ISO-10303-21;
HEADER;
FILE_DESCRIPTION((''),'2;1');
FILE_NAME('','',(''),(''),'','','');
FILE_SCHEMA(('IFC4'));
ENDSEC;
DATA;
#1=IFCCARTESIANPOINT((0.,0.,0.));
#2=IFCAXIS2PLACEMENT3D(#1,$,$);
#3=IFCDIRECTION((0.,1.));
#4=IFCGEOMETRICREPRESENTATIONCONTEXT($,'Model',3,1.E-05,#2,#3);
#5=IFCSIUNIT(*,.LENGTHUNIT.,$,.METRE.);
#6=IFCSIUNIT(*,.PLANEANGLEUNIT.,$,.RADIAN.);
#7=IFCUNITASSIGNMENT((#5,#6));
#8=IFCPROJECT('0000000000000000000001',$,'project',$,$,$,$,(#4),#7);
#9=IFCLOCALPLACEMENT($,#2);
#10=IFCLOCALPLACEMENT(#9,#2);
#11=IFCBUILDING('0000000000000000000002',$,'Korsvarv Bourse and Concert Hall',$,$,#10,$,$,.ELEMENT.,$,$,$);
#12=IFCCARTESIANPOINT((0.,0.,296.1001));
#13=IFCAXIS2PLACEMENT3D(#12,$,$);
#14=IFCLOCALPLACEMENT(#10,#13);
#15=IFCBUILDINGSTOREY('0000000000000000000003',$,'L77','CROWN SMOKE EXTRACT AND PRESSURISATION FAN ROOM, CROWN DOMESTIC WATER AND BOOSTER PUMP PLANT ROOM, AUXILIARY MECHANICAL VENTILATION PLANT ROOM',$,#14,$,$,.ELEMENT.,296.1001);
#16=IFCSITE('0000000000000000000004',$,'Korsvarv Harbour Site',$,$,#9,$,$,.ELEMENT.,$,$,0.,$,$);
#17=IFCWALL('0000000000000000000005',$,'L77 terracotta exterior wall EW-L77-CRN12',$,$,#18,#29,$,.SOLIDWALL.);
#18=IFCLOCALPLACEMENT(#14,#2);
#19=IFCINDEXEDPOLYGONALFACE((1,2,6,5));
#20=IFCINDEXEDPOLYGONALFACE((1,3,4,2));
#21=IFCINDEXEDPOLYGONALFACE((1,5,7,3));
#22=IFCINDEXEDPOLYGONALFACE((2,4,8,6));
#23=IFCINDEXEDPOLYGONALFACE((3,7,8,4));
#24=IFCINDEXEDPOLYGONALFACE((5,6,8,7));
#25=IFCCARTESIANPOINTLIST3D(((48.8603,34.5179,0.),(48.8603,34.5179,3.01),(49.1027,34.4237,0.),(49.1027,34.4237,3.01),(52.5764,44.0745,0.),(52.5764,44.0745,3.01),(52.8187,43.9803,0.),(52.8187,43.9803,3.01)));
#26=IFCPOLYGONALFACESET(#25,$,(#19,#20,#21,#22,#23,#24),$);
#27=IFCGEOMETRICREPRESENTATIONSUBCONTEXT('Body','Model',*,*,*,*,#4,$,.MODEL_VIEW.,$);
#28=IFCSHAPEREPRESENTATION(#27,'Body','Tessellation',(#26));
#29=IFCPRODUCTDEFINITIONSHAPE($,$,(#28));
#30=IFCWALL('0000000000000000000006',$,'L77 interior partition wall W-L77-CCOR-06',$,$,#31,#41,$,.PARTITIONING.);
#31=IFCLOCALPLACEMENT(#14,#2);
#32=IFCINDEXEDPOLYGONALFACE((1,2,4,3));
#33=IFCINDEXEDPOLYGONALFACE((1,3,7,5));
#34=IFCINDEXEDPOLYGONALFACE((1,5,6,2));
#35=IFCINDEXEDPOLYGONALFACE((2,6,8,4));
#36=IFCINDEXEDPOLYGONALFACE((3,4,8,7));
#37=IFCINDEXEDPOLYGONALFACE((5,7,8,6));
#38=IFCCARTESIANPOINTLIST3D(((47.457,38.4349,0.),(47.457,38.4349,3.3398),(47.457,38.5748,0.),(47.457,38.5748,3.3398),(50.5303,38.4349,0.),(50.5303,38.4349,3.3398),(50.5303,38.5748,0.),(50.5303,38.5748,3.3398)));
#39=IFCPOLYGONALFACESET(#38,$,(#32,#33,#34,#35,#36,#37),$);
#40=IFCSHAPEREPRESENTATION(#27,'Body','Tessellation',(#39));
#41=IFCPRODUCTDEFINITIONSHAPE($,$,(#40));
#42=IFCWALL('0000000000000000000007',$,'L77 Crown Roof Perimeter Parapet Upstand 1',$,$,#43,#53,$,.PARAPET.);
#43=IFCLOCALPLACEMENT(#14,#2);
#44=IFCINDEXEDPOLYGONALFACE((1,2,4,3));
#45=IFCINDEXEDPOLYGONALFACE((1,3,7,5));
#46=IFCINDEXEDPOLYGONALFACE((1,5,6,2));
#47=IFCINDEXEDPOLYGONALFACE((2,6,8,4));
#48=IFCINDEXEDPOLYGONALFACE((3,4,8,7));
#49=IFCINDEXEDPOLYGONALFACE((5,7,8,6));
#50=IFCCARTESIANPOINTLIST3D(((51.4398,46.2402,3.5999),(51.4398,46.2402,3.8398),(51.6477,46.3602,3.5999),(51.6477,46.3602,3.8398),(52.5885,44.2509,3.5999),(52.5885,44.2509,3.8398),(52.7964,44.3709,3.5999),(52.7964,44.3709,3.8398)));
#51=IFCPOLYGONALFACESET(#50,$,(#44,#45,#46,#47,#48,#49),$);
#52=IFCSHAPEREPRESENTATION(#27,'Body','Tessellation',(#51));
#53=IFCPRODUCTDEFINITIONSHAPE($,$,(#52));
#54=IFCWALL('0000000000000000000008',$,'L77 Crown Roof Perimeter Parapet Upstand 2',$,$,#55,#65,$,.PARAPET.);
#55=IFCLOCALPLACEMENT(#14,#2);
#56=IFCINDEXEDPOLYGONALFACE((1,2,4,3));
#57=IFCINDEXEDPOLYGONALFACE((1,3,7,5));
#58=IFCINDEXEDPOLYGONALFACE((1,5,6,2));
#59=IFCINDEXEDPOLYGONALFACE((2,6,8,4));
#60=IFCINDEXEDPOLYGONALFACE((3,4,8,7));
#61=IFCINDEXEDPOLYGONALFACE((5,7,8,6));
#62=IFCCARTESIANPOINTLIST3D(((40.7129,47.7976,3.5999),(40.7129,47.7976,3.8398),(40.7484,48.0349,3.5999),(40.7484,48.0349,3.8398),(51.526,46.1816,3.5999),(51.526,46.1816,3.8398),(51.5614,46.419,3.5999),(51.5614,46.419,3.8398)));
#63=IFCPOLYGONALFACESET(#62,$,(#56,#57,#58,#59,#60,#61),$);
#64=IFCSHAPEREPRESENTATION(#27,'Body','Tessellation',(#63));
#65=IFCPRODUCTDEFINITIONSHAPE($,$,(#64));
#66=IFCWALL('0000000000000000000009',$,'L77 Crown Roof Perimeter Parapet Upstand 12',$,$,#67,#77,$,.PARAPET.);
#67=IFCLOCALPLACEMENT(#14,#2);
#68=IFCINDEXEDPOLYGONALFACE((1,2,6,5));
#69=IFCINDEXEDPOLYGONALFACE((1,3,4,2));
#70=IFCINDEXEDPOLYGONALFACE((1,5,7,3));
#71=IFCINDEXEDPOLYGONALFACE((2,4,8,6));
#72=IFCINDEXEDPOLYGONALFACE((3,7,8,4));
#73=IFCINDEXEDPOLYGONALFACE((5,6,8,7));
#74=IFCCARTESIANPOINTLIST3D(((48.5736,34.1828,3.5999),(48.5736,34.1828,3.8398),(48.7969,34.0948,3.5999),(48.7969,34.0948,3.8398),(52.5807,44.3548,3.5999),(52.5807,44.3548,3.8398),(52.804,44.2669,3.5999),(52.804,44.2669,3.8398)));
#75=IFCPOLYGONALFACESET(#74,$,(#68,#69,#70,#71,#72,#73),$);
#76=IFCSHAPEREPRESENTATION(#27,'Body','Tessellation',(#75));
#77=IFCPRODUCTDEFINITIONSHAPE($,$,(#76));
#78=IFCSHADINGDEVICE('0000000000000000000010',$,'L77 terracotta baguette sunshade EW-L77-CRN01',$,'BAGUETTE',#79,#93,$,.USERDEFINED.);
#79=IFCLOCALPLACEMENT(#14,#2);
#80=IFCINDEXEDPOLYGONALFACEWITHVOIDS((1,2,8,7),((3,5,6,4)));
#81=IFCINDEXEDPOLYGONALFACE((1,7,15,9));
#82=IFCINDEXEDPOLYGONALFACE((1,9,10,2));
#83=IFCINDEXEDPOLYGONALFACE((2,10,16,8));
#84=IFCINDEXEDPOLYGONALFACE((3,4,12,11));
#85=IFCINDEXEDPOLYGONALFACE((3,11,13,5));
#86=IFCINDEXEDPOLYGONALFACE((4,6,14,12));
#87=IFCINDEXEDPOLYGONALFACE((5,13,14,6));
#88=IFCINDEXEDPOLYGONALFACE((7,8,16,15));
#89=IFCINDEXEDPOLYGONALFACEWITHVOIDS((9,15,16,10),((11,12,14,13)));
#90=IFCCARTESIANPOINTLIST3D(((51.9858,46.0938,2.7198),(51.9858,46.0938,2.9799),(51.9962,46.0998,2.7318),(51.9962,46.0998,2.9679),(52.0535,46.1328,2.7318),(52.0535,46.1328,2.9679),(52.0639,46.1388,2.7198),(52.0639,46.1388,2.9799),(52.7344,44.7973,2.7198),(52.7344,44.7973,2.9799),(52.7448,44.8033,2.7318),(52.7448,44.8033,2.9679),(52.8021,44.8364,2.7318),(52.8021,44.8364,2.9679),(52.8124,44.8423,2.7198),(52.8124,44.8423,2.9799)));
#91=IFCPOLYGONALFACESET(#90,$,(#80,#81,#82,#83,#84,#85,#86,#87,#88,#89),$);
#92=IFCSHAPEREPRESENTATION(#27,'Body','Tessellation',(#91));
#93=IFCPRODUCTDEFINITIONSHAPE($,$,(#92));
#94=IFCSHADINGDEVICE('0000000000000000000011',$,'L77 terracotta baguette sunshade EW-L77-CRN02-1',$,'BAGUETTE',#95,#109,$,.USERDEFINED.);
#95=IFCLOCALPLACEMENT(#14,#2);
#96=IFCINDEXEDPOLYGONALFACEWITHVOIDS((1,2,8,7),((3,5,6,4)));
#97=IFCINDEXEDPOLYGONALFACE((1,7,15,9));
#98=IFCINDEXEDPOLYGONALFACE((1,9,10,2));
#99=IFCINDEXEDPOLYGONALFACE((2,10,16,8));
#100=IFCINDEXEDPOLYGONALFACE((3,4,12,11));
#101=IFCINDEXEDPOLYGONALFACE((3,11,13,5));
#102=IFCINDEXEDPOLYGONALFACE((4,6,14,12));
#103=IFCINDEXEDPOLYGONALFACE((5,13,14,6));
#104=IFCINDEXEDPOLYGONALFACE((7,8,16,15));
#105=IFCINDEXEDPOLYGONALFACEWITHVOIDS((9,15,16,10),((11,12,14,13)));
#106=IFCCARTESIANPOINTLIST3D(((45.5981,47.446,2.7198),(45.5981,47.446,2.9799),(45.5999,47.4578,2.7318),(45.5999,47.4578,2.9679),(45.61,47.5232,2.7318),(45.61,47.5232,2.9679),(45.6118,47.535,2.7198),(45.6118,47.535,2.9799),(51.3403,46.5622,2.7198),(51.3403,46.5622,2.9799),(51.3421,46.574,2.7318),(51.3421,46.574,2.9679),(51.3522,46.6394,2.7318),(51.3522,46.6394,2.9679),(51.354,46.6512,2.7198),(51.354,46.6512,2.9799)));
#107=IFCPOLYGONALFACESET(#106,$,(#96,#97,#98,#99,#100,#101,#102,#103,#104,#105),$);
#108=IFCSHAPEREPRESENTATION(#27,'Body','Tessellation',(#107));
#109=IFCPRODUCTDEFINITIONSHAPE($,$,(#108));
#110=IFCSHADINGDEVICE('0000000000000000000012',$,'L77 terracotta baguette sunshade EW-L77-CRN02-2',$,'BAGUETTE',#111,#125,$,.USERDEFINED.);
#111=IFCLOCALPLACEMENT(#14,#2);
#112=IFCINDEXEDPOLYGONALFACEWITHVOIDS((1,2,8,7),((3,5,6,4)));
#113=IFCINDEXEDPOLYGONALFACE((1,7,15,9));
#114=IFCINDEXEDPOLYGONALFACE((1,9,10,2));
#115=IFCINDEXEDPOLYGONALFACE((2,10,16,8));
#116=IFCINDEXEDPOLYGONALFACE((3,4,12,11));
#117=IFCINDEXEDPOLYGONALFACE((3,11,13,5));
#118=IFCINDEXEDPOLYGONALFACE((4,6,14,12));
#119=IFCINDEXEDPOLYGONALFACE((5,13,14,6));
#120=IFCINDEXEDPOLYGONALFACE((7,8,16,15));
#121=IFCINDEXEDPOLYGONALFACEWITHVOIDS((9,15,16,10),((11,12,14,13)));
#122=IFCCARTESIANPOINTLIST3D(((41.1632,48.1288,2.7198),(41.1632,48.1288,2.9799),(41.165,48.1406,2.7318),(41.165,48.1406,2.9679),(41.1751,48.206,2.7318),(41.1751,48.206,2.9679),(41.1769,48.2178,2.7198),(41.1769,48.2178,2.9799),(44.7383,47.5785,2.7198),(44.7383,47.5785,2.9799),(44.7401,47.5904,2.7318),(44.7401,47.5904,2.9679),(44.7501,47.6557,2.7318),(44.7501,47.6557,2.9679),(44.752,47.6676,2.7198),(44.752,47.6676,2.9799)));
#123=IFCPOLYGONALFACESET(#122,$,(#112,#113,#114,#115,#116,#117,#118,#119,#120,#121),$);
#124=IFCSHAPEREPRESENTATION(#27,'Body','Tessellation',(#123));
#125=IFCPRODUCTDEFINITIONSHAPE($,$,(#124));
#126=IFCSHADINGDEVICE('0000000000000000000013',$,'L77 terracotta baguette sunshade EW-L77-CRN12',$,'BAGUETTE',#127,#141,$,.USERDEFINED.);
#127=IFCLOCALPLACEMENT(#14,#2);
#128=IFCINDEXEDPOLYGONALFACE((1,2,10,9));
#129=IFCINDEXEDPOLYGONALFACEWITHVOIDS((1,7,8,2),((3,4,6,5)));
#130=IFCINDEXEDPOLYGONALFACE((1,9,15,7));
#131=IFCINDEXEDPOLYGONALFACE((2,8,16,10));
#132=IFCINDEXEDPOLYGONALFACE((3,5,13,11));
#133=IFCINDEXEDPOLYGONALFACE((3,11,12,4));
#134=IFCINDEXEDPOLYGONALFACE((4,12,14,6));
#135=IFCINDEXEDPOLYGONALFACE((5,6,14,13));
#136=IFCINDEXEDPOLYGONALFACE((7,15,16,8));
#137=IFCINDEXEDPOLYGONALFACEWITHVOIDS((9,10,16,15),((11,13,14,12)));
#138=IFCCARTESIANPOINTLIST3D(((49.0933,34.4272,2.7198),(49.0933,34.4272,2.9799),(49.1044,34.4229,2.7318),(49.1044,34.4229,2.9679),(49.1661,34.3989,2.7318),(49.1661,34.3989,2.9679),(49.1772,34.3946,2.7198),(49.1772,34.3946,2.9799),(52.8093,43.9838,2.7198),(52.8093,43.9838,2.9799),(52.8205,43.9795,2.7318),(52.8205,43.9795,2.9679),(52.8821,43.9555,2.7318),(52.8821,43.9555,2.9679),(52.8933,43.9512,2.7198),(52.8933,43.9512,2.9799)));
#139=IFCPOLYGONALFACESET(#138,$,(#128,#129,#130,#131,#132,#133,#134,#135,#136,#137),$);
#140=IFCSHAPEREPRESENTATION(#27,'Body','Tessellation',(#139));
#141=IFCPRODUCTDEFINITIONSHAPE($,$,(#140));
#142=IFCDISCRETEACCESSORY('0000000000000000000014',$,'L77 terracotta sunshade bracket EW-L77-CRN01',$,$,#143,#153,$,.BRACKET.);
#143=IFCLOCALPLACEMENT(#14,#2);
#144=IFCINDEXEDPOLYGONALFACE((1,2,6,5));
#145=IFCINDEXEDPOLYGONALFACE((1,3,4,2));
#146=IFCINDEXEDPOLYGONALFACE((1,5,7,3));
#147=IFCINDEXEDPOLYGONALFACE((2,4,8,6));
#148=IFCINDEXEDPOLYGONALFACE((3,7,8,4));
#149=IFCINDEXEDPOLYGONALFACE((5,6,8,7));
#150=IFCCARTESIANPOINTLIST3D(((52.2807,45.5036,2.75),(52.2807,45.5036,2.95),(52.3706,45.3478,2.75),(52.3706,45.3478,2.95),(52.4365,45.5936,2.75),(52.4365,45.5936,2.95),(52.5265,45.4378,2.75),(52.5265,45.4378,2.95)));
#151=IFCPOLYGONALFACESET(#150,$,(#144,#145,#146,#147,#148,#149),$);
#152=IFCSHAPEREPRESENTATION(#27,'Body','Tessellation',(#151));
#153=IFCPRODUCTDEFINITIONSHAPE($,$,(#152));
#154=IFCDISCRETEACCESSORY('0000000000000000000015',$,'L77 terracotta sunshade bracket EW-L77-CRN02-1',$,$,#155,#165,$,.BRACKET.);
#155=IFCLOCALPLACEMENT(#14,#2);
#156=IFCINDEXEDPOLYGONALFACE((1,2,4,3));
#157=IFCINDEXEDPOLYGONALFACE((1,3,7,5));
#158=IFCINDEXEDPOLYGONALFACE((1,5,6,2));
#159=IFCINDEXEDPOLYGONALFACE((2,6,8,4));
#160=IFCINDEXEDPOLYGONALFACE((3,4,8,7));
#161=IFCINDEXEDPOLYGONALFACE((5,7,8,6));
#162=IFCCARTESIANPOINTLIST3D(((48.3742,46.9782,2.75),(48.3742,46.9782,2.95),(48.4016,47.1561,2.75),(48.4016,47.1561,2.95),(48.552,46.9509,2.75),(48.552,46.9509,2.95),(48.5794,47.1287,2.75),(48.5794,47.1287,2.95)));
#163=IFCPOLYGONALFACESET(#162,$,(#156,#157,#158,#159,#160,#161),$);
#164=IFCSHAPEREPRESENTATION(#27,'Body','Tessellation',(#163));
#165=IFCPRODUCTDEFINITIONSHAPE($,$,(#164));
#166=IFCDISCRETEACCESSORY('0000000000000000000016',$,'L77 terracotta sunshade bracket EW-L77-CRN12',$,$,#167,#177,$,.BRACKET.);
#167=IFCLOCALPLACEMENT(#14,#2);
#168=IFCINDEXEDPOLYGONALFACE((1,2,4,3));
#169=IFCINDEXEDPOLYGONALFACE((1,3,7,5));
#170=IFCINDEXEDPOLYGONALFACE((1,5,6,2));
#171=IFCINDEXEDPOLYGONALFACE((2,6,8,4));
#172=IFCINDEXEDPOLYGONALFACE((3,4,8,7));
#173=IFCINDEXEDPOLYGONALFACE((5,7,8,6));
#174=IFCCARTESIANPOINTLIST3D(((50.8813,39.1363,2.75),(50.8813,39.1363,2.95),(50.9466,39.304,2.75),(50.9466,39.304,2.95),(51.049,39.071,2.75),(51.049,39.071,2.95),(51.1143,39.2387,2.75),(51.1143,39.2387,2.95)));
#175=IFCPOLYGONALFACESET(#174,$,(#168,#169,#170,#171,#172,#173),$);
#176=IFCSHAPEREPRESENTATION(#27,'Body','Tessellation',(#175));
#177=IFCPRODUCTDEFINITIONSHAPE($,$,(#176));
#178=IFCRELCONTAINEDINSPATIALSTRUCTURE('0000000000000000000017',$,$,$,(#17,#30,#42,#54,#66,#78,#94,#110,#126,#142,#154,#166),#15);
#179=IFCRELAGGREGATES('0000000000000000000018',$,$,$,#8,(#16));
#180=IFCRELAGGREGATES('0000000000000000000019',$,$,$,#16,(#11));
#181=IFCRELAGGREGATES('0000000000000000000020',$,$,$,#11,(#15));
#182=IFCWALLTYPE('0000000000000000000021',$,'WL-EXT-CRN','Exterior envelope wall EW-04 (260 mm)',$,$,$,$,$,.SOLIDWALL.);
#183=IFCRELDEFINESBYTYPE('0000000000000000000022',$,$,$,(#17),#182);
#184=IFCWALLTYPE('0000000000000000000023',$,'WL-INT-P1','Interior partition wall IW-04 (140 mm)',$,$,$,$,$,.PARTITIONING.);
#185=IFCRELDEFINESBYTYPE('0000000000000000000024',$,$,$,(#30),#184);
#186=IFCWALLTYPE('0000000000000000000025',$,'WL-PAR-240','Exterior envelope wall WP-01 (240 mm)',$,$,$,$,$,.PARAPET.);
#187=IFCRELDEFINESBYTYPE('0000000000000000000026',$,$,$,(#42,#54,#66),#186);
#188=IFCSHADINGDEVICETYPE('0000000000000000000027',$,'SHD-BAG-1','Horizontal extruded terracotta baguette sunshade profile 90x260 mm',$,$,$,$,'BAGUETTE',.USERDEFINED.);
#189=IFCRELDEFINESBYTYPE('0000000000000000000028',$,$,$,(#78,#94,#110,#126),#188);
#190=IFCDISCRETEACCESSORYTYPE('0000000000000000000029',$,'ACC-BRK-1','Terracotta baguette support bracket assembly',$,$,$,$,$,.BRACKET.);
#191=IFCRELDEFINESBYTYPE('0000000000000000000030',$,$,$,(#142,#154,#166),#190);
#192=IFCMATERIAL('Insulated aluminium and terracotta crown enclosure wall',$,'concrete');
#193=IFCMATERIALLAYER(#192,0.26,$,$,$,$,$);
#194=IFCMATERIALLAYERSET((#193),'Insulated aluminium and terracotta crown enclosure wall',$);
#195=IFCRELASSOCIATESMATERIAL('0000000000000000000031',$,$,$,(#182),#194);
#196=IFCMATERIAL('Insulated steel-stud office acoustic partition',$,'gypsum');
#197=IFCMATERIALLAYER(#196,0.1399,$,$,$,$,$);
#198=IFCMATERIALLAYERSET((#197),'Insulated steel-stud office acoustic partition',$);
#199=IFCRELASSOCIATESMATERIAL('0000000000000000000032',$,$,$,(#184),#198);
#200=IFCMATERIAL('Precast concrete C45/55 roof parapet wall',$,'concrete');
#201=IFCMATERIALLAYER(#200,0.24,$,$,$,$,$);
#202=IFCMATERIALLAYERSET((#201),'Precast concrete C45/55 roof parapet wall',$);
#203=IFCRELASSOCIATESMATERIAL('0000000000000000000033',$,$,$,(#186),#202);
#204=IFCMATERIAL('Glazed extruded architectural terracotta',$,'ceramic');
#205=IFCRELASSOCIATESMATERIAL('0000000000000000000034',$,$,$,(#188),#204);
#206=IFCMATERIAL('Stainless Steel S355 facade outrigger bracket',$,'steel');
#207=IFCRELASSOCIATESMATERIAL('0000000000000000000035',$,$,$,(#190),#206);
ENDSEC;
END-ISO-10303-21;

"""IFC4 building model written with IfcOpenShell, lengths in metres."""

from ifc_helpers import new_model, si_unit, direction, frame, frame_2d, origin, origin_2d, place, context, subcontext, project, spatial, rectangle, hollow_rectangle, extrude, source, transform, mapped, material, layer, layer_set, material_profile, profile_set, type_object, element, save


model = new_model("IFC4")

# Units and contexts
model_context = context("Model", 3, precision=1e-05, world=origin(), true_north=direction((0.0, 1.0)))
body_context = subcontext(model_context, "Body", "Model", "MODEL_VIEW")
ifc_project = project(units=[si_unit("LENGTHUNIT", "METRE"), si_unit("PLANEANGLEUNIT", "RADIAN")], contexts=[model_context])

# Site, building, storey
site_placement = place(None, origin())
site = spatial("IfcSite", under=ifc_project, at=site_placement, Name="Korsvarv Harbour Site", CompositionType="ELEMENT", RefElevation=0.0)
building_placement = place(site_placement, origin())
building = spatial("IfcBuilding", under=site, at=building_placement, Name="Korsvarv Bourse and Concert Hall", CompositionType="ELEMENT")
storey_placement = place(building_placement, frame((0.0, 0.0, 296.1001)))
storey = spatial("IfcBuildingStorey", under=building, at=storey_placement, Name="L77", Description="CROWN SMOKE EXTRACT AND PRESSURISATION FAN ROOM, CROWN DOMESTIC WATER AND BOOSTER PUMP PLANT ROOM, AUXILIARY MECHANICAL VENTILATION PLANT ROOM", CompositionType="ELEMENT", Elevation=296.1001)

# Walls
ifc_material_1 = material(Name="Insulated aluminium and terracotta crown enclosure wall", Category="concrete")
ifc_layer_1 = layer(ifc_material_1, 0.26)
ifc_layer_set_1 = layer_set([ifc_layer_1], Name="Insulated aluminium and terracotta crown enclosure wall")
wall_type_1 = type_object("IfcWallType", Name="WL-EXT-CRN", Description="Exterior envelope wall EW-04 (260 mm)", PredefinedType="SOLIDWALL", material=ifc_layer_set_1)
wall_1_placement = place(storey_placement, frame((48.9814, 34.4707, 0.0), z_axis=(0.0, 0.0, 1.0), x_axis=(0.362412, 0.932018, 0.0)))
element("IfcWall", 1, at=wall_1_placement, inside=storey, type_object=wall_type_1, Name="L77 terracotta exterior wall EW-L77-CRN12", PredefinedType="SOLIDWALL", context=body_context, shape_type="SweptSolid", body=[
    extrude(rectangle(XDim=10.2537, YDim=0.26, at=frame_2d((5.127, 0.0))), origin(), (0.0, 0.0, 1.0), 3.01),
])
ifc_material_2 = material(Name="Insulated steel-stud office acoustic partition", Category="gypsum")
ifc_layer_2 = layer(ifc_material_2, 0.1399)
ifc_layer_set_2 = layer_set([ifc_layer_2], Name="Insulated steel-stud office acoustic partition")
wall_type_2 = type_object("IfcWallType", Name="WL-INT-P1", Description="Interior partition wall IW-04 (140 mm)", PredefinedType="PARTITIONING", material=ifc_layer_set_2)
wall_2_placement = place(storey_placement, frame((47.457, 38.5049, 0.0), z_axis=(0.0, 0.0, 1.0), x_axis=(1.0, 0.0, 0.0)))
element("IfcWall", 2, at=wall_2_placement, inside=storey, type_object=wall_type_2, Name="L77 interior partition wall W-L77-CCOR-06", PredefinedType="PARTITIONING", context=body_context, shape_type="SweptSolid", body=[
    extrude(rectangle(XDim=3.0732, YDim=0.1399, at=frame_2d((1.5366, 0.0))), origin(), (0.0, 0.0, 1.0), 3.3398),
])
ifc_material_3 = material(Name="Precast concrete C45/55 roof parapet wall", Category="concrete")
ifc_layer_3 = layer(ifc_material_3, 0.24)
ifc_layer_set_3 = layer_set([ifc_layer_3], Name="Precast concrete C45/55 roof parapet wall")
wall_type_3 = type_object("IfcWallType", Name="WL-PAR-240", Description="Exterior envelope wall WP-01 (240 mm)", PredefinedType="PARAPET", material=ifc_layer_set_3)
wall_3_placement = place(storey_placement, frame((52.6924, 44.311, 3.5999), z_axis=(0.0, 0.0, 1.0), x_axis=(-0.50006, 0.865991, 0.0)))
element("IfcWall", 3, at=wall_3_placement, inside=storey, type_object=wall_type_3, Name="L77 Crown Roof Perimeter Parapet Upstand 1", PredefinedType="PARAPET", context=body_context, shape_type="SweptSolid", body=[
    extrude(rectangle(XDim=2.2971, YDim=0.24, at=frame_2d((1.1484, 0.0))), origin(), (0.0, 0.0, 1.0), 0.24),
])
wall_4_placement = place(storey_placement, frame((51.5437, 46.3003, 3.5999), z_axis=(0.0, 0.0, 1.0), x_axis=(-0.989016, 0.147805, 0.0)))
element("IfcWall", 4, at=wall_4_placement, inside=storey, type_object=wall_type_3, Name="L77 Crown Roof Perimeter Parapet Upstand 2", PredefinedType="PARAPET", context=body_context, shape_type="SweptSolid", body=[
    extrude(rectangle(XDim=10.9331, YDim=0.24, at=frame_2d((5.4666, 0.0))), origin(), (0.0, 0.0, 1.0), 0.24),
])
wall_5_placement = place(storey_placement, frame((48.6853, 34.1389, 3.5999), z_axis=(0.0, 0.0, 1.0), x_axis=(0.366515, 0.930412, 0.0)))
element("IfcWall", 5, at=wall_5_placement, inside=storey, type_object=wall_type_3, Name="L77 Crown Roof Perimeter Parapet Upstand 12", PredefinedType="PARAPET", context=body_context, shape_type="SweptSolid", body=[
    extrude(rectangle(XDim=10.9329, YDim=0.24, at=frame_2d((5.4663, 0.0))), origin(), (0.0, 0.0, 1.0), 0.24),
])

# Shading devices
ifc_material_4 = material(Name="Glazed extruded architectural terracotta", Category="ceramic")
ifc_material_profile_1 = material_profile(ifc_material_4, hollow_rectangle(XDim=0.0901, YDim=0.26, WallThickness=0.012, at=origin_2d()), Name="TC-BAG 90x260")
ifc_profile_set_1 = profile_set([ifc_material_profile_1], Name="Glazed extruded architectural terracotta")
shading_device_type = type_object("IfcShadingDeviceType", Name="SHD-BAG-1", Description="Horizontal extruded terracotta baguette sunshade profile 90x260 mm", ElementType="BAGUETTE", PredefinedType="USERDEFINED", material=ifc_profile_set_1)
shared_shape_1 = source(origin(), body_context, "Body", "SweptSolid", [
    extrude(hollow_rectangle(XDim=0.0901, YDim=0.26, WallThickness=0.012, at=origin_2d()), origin(), (0.0, 0.0, 1.0), 1.4971),
])
shading_device_1_placement = place(storey_placement, frame((52.7734, 44.8198, 2.8499), z_axis=(-0.500033, 0.866006, 0.0), x_axis=(-0.866006, -0.500033, 0.0)))
element("IfcShadingDevice", 6, at=shading_device_1_placement, inside=storey, type_object=shading_device_type, Name="L77 terracotta baguette sunshade EW-L77-CRN01", ObjectType="BAGUETTE", PredefinedType="USERDEFINED", context=body_context, shape_type="MappedRepresentation", body=[
    mapped(shared_shape_1, transform((0.0, 0.0, 0.0), scale=1.0)),
])
shared_shape_2 = source(origin(), body_context, "Body", "SweptSolid", [
    extrude(hollow_rectangle(XDim=0.0901, YDim=0.26, WallThickness=0.012, at=origin_2d()), origin(), (0.0, 0.0, 1.0), 5.8098),
])
shading_device_2_placement = place(storey_placement, frame((51.3472, 46.6067, 2.8499), z_axis=(-0.988362, 0.15212, 0.0), x_axis=(-0.15212, -0.988362, 0.0)))
element("IfcShadingDevice", 7, at=shading_device_2_placement, inside=storey, type_object=shading_device_type, Name="L77 terracotta baguette sunshade EW-L77-CRN02-1", ObjectType="BAGUETTE", PredefinedType="USERDEFINED", context=body_context, shape_type="MappedRepresentation", body=[
    mapped(shared_shape_2, transform((0.0, 0.0, 0.0), scale=1.0)),
])
shared_shape_3 = source(origin(), body_context, "Body", "SweptSolid", [
    extrude(hollow_rectangle(XDim=0.0901, YDim=0.26, WallThickness=0.012, at=origin_2d()), origin(), (0.0, 0.0, 1.0), 3.6172),
])
shading_device_3_placement = place(storey_placement, frame((44.7451, 47.623, 2.8499), z_axis=(-0.988361, 0.152128, 0.0), x_axis=(-0.152128, -0.988361, 0.0)))
element("IfcShadingDevice", 8, at=shading_device_3_placement, inside=storey, type_object=shading_device_type, Name="L77 terracotta baguette sunshade EW-L77-CRN02-2", ObjectType="BAGUETTE", PredefinedType="USERDEFINED", context=body_context, shape_type="MappedRepresentation", body=[
    mapped(shared_shape_3, transform((0.0, 0.0, 0.0), scale=1.0)),
])
shared_shape_4 = source(origin(), body_context, "Body", "SweptSolid", [
    extrude(hollow_rectangle(XDim=0.0901, YDim=0.26, WallThickness=0.012, at=origin_2d()), origin(), (0.0, 0.0, 1.0), 10.2537),
])
shading_device_4_placement = place(storey_placement, frame((49.1353, 34.4109, 2.8499), z_axis=(0.362412, 0.932018, 0.0), x_axis=(-0.932018, 0.362412, 0.0)))
element("IfcShadingDevice", 9, at=shading_device_4_placement, inside=storey, type_object=shading_device_type, Name="L77 terracotta baguette sunshade EW-L77-CRN12", ObjectType="BAGUETTE", PredefinedType="USERDEFINED", context=body_context, shape_type="MappedRepresentation", body=[
    mapped(shared_shape_4, transform((0.0, 0.0, 0.0), scale=1.0)),
])

# Discrete accessories
ifc_material_5 = material(Name="Stainless Steel S355 facade outrigger bracket", Category="steel")
discrete_accessory_type = type_object("IfcDiscreteAccessoryType", Name="ACC-BRK-1", Description="Terracotta baguette support bracket assembly", PredefinedType="BRACKET", material=ifc_material_5)
shared_shape_5 = source(origin(), body_context, "Body", "SweptSolid", [
    extrude(rectangle(XDim=0.1799, YDim=0.1799, at=origin_2d()), origin(), (0.0, 0.0, 1.0), 0.2),
])
for number, where, z_axis, x_axis, name in (
    (10, (52.4036, 45.4707, 2.75), (0.0, 0.0, 1.0), (-0.5, 0.866025, 0.0), "L77 terracotta sunshade bracket EW-L77-CRN01"),
    (11, (48.4768, 47.0535, 2.75), (0.0, 0.0, 1.0), (-0.988362, 0.152123, 0.0), "L77 terracotta sunshade bracket EW-L77-CRN02-1"),
    (12, (50.9978, 39.1875, 2.75), (0.0, 0.0, 1.0), (0.362438, 0.932008, 0.0), "L77 terracotta sunshade bracket EW-L77-CRN12"),
):
    element("IfcDiscreteAccessory", number, at=place(storey_placement, frame(where, z_axis=z_axis, x_axis=x_axis)), inside=storey, type_object=discrete_accessory_type, Name=name, PredefinedType="BRACKET", context=body_context, shape_type="MappedRepresentation", body=[
        mapped(shared_shape_5, transform((0.0, 0.0, 0.0), scale=1.0)),
    ])

save(model, "model.ifc")
